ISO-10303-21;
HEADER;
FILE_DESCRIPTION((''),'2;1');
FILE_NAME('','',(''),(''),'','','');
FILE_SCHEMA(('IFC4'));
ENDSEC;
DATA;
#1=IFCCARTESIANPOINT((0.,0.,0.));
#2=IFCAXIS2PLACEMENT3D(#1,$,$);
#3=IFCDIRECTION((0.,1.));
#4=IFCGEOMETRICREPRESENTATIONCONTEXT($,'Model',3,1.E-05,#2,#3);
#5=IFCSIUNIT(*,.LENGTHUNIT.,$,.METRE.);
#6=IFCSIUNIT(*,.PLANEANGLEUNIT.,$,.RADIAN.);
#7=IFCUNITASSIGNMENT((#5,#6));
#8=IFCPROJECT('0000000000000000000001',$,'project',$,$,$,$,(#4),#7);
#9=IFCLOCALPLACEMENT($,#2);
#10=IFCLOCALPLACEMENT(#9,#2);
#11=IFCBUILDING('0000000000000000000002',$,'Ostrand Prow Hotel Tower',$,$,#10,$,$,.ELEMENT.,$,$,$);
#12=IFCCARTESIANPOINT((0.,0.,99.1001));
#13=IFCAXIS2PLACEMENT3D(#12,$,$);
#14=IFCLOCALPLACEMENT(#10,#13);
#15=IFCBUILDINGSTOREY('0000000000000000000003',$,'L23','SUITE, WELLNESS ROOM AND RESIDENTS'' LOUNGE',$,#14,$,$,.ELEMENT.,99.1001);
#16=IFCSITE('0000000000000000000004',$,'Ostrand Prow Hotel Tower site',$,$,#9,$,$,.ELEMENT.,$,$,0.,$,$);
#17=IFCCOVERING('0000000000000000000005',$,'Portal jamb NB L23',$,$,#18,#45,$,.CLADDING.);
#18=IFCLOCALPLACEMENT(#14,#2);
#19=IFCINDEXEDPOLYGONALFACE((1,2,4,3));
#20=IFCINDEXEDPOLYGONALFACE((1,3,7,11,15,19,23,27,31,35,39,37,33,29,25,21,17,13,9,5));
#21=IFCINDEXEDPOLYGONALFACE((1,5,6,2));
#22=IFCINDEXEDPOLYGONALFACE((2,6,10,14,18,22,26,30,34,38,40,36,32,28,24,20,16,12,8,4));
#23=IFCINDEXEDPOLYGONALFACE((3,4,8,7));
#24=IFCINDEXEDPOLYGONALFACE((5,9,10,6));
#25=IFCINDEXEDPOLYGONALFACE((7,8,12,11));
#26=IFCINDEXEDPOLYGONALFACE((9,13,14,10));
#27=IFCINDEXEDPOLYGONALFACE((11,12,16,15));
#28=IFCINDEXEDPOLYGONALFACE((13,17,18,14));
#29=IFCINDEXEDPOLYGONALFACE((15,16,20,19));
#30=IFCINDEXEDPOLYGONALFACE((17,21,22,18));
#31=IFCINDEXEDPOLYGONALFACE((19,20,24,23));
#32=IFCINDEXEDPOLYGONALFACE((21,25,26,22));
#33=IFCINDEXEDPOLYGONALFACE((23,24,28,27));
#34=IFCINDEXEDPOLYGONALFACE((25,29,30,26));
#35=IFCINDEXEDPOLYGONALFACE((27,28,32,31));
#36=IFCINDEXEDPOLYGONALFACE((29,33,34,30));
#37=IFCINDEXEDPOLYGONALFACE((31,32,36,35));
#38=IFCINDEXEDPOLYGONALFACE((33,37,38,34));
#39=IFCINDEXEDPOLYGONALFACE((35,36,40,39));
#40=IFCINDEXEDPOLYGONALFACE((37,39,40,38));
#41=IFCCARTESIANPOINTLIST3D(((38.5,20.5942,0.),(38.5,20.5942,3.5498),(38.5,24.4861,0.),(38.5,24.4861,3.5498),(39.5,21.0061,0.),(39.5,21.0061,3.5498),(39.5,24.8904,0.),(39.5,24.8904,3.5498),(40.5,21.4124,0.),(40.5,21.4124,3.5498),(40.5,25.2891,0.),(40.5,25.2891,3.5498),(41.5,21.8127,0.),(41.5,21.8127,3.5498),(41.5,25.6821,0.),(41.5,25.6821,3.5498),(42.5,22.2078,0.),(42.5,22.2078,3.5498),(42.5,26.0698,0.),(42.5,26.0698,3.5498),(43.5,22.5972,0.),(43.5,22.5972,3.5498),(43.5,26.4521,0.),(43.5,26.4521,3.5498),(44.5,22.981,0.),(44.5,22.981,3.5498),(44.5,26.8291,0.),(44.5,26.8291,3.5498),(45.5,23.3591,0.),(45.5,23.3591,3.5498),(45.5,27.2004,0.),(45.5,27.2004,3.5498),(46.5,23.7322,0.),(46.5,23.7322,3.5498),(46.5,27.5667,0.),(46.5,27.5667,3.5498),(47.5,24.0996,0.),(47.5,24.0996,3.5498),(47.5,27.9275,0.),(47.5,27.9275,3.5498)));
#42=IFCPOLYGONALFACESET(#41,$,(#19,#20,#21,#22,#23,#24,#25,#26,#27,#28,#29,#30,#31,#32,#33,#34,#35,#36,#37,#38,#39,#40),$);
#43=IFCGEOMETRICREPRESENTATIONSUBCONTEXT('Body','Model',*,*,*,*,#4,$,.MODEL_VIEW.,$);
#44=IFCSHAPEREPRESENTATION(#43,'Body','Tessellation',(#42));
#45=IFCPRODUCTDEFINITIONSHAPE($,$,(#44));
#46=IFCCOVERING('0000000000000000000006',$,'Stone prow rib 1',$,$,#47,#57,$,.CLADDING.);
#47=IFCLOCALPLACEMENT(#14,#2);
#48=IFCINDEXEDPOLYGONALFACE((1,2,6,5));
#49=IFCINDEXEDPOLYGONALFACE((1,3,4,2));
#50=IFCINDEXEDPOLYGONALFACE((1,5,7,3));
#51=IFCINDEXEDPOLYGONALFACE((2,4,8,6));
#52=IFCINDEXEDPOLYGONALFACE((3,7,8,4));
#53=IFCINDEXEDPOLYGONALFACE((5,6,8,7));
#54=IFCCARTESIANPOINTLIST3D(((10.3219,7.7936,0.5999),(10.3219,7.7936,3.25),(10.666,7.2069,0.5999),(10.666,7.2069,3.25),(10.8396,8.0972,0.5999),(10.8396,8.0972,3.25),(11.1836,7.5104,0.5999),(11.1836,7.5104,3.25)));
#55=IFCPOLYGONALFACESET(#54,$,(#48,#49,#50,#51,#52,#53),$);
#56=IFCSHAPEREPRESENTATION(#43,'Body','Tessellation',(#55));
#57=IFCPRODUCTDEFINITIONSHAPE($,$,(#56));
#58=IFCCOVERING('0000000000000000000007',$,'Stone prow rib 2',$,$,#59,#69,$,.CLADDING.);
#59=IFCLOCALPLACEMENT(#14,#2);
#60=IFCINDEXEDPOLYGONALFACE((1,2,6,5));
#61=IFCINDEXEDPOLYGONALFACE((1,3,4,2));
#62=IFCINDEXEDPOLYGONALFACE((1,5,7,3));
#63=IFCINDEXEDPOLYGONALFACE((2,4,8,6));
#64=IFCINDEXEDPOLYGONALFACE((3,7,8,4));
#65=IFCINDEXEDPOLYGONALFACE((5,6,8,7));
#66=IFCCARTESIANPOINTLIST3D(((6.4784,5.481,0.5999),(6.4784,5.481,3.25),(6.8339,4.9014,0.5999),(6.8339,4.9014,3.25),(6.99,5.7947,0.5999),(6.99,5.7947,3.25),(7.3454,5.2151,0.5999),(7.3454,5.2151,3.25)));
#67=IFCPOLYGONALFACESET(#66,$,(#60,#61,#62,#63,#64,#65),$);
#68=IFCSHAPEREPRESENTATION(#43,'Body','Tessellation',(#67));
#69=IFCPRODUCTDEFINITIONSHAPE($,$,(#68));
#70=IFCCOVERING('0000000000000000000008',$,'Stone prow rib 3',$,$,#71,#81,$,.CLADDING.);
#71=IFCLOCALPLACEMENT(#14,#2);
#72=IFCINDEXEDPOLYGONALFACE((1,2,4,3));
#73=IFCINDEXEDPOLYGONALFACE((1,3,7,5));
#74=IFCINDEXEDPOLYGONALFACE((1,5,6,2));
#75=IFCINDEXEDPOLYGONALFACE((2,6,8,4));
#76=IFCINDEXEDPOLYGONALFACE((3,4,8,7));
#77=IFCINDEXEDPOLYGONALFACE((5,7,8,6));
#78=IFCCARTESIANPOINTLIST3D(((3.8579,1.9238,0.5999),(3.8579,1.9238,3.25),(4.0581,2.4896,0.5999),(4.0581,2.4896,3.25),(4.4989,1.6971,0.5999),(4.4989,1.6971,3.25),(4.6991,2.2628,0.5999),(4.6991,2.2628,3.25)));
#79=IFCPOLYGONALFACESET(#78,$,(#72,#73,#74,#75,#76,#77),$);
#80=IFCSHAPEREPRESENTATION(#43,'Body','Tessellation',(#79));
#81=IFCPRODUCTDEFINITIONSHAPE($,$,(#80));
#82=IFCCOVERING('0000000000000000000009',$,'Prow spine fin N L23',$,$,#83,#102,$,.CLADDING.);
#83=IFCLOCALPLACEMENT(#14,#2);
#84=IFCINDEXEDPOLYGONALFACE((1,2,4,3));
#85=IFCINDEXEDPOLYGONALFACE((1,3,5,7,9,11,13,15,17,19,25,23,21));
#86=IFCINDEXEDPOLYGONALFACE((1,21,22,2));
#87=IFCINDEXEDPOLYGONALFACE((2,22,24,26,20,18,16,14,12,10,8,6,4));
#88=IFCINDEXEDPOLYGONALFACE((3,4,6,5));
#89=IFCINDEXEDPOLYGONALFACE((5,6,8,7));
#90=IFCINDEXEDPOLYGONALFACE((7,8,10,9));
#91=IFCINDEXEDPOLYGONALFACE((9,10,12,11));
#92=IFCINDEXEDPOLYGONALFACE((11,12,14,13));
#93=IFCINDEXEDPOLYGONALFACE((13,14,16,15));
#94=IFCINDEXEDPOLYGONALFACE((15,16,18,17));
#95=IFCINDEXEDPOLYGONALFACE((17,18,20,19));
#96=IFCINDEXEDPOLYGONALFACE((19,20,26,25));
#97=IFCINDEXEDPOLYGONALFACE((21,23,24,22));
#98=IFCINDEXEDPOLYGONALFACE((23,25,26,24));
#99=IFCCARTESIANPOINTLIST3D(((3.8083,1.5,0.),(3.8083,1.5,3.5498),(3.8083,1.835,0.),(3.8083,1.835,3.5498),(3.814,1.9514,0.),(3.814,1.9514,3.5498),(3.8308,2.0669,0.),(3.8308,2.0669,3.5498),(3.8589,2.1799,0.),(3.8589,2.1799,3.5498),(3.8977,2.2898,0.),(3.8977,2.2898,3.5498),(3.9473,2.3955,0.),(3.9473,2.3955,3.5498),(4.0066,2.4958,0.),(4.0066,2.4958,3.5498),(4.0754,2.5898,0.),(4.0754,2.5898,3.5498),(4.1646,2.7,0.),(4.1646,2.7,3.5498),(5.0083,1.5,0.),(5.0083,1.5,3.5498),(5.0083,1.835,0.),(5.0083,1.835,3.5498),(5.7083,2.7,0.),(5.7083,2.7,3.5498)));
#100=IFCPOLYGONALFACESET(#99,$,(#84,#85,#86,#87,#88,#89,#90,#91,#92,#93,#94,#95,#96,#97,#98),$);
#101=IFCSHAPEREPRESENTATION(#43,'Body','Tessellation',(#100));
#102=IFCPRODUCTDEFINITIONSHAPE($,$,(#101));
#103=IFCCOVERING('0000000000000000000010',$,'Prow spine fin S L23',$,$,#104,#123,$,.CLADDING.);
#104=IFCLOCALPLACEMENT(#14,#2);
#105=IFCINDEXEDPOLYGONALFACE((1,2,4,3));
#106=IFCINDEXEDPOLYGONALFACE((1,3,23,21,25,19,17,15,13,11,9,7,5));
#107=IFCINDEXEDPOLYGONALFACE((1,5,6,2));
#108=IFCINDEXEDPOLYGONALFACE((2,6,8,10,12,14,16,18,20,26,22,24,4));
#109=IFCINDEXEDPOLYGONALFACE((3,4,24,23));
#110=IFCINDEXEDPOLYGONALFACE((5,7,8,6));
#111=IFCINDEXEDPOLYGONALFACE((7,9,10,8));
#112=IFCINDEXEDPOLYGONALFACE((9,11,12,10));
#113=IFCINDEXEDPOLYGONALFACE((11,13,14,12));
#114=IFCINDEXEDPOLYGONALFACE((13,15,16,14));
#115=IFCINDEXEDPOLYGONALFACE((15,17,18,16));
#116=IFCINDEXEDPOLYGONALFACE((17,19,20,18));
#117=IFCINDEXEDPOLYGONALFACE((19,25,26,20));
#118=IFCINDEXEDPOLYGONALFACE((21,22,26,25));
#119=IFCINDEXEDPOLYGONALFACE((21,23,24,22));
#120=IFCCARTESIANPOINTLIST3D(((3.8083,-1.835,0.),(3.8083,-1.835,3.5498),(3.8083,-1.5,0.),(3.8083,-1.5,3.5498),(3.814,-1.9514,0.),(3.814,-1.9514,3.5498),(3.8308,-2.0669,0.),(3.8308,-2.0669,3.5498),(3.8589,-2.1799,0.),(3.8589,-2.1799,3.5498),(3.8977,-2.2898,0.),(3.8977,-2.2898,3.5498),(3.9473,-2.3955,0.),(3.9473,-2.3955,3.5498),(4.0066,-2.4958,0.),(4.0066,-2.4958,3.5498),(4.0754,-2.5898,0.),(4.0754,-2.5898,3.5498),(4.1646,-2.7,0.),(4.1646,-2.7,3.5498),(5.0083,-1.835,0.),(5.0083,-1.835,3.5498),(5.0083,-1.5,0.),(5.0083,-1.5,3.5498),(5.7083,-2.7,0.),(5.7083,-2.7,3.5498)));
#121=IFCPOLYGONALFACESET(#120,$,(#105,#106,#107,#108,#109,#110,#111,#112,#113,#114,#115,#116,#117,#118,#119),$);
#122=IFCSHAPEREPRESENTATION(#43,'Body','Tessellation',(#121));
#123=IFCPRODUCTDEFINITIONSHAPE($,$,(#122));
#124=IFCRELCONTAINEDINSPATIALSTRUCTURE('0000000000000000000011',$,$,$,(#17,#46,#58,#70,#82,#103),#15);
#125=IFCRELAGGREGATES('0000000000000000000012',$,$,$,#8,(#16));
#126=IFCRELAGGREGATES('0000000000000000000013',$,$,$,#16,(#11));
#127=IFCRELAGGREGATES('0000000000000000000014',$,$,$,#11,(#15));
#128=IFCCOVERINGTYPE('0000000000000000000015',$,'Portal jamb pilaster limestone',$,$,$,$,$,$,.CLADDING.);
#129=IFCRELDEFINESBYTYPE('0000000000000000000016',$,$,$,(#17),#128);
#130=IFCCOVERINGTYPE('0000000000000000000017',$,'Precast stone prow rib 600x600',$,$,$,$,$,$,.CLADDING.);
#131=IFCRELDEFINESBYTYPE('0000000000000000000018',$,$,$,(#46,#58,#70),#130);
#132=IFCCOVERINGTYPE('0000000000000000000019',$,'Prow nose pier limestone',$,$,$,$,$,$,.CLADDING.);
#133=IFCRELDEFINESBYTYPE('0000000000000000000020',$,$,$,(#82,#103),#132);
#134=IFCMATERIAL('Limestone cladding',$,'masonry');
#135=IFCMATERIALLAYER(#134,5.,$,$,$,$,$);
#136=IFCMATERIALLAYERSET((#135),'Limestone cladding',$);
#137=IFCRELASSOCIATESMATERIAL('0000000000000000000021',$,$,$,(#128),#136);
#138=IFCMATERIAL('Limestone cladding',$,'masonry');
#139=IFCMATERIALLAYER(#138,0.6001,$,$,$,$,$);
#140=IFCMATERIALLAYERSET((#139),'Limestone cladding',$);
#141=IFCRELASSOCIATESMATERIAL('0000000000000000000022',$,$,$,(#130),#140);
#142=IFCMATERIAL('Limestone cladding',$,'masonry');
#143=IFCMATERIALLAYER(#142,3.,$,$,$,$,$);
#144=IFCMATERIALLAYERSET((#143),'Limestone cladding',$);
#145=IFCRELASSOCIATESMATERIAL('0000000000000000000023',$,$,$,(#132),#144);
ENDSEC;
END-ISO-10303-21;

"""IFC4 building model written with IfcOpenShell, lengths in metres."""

from ifc_helpers import new_model, si_unit, direction, frame, frame_2d, origin, place, context, subcontext, project, spatial, polyline, rectangle, outline, extrude, material, layer, layer_set, type_object, element, save


model = new_model("IFC4")

# Units and contexts
model_context = context("Model", 3, precision=1e-05, world=origin(), true_north=direction((0.0, 1.0)))
body_context = subcontext(model_context, "Body", "Model", "MODEL_VIEW")
ifc_project = project(units=[si_unit("LENGTHUNIT", "METRE"), si_unit("PLANEANGLEUNIT", "RADIAN")], contexts=[model_context])

# Site, building, storey
site_placement = place(None, origin())
site = spatial("IfcSite", under=ifc_project, at=site_placement, Name="Ostrand Prow Hotel Tower site", CompositionType="ELEMENT", RefElevation=0.0)
building_placement = place(site_placement, origin())
building = spatial("IfcBuilding", under=site, at=building_placement, Name="Ostrand Prow Hotel Tower", CompositionType="ELEMENT")
storey_placement = place(building_placement, frame((0.0, 0.0, 99.1001)))
storey = spatial("IfcBuildingStorey", under=building, at=storey_placement, Name="L23", Description="SUITE, WELLNESS ROOM AND RESIDENTS' LOUNGE", CompositionType="ELEMENT", Elevation=99.1001)

# Coverings
ifc_material_1 = material(Name="Limestone cladding", Category="masonry")
ifc_layer_1 = layer(ifc_material_1, 5.0)
ifc_layer_set_1 = layer_set([ifc_layer_1], Name="Limestone cladding")
covering_type_1 = type_object("IfcCoveringType", Name="Portal jamb pilaster limestone", PredefinedType="CLADDING", material=ifc_layer_set_1)
covering_1_placement = place(storey_placement, origin())
element("IfcCovering", 1, at=covering_1_placement, inside=storey, type_object=covering_type_1, Name="Portal jamb NB L23", PredefinedType="CLADDING", context=body_context, shape_type="SweptSolid", body=[
    extrude(outline(polyline([(38.5, 20.5942), (39.5, 21.0061), (40.5, 21.4124), (41.5, 21.8127), (42.5, 22.2078), (43.5, 22.5972), (44.5, 22.981), (45.5, 23.3591), (46.5, 23.7322), (47.5, 24.0996), (47.5, 27.9275), (46.5, 27.5667), (45.5, 27.2004), (44.5, 26.8291), (43.5, 26.4521), (42.5, 26.0698), (41.5, 25.6821), (40.5, 25.2891), (39.5, 24.8904), (38.5, 24.4861), (38.5, 20.5942)])), origin(), (0.0, 0.0, 1.0), 3.5498),
])
ifc_material_2 = material(Name="Limestone cladding", Category="masonry")
ifc_layer_2 = layer(ifc_material_2, 0.6001)
ifc_layer_set_2 = layer_set([ifc_layer_2], Name="Limestone cladding")
covering_type_2 = type_object("IfcCoveringType", Name="Precast stone prow rib 600x600", PredefinedType="CLADDING", material=ifc_layer_set_2)
covering_2_placement = place(storey_placement, frame((10.9248, 7.3586, 0.5999), z_axis=(0.0, 0.0, 1.0), x_axis=(-0.505812, 0.862644, 0.0)))
element("IfcCovering", 2, at=covering_2_placement, inside=storey, type_object=covering_type_2, Name="Stone prow rib 1", PredefinedType="CLADDING", context=body_context, shape_type="SweptSolid", body=[
    extrude(rectangle(XDim=0.6802, YDim=0.6001, at=frame_2d((0.3401, 0.0))), origin(), (0.0, 0.0, 1.0), 2.6501),
])
for number, where, z_axis, x_axis, name in (
    (3, (7.0896, 5.0583, 0.5999), (0.0, 0.0, 1.0), (-0.522815, 0.852446, 0.0), "Stone prow rib 2"),
    (4, (4.5989, 1.98, 0.5999), (0.0, 0.0, 1.0), (-0.942745, 0.333515, 0.0), "Stone prow rib 3"),
):
    element("IfcCovering", number, at=place(storey_placement, frame(where, z_axis=z_axis, x_axis=x_axis)), inside=storey, type_object=covering_type_2, Name=name, PredefinedType="CLADDING", context=body_context, shape_type="SweptSolid", body=[
        extrude(rectangle(XDim=0.6799, YDim=0.6001, at=frame_2d((0.3398, 0.0))), origin(), (0.0, 0.0, 1.0), 2.6501),
    ])
ifc_material_3 = material(Name="Limestone cladding", Category="masonry")
ifc_layer_3 = layer(ifc_material_3, 3.0)
ifc_layer_set_3 = layer_set([ifc_layer_3], Name="Limestone cladding")
covering_type_3 = type_object("IfcCoveringType", Name="Prow nose pier limestone", PredefinedType="CLADDING", material=ifc_layer_set_3)
covering_3_placement = place(storey_placement, origin())
element("IfcCovering", 5, at=covering_3_placement, inside=storey, type_object=covering_type_3, Name="Prow spine fin N L23", PredefinedType="CLADDING", context=body_context, shape_type="SweptSolid", body=[
    extrude(outline(polyline([(3.8083, 1.835), (3.8083, 1.5), (5.0083, 1.5), (5.0083, 1.835), (5.7083, 2.7), (4.1646, 2.7), (4.0754, 2.5898), (4.0066, 2.4958), (3.9473, 2.3955), (3.8977, 2.2898), (3.8589, 2.1799), (3.8308, 2.0669), (3.814, 1.9514), (3.8083, 1.835)])), origin(), (0.0, 0.0, 1.0), 3.5498),
])
covering_4_placement = place(storey_placement, origin())
element("IfcCovering", 6, at=covering_4_placement, inside=storey, type_object=covering_type_3, Name="Prow spine fin S L23", PredefinedType="CLADDING", context=body_context, shape_type="SweptSolid", body=[
    extrude(outline(polyline([(4.0754, -2.5898), (4.1646, -2.7), (5.7083, -2.7), (5.0083, -1.835), (5.0083, -1.5), (3.8083, -1.5), (3.8083, -1.835), (3.814, -1.9514), (3.8308, -2.0669), (3.8589, -2.1799), (3.8977, -2.2898), (3.9473, -2.3955), (4.0066, -2.4958), (4.0754, -2.5898)])), origin(), (0.0, 0.0, 1.0), 3.5498),
])

save(model, "model.ifc")
